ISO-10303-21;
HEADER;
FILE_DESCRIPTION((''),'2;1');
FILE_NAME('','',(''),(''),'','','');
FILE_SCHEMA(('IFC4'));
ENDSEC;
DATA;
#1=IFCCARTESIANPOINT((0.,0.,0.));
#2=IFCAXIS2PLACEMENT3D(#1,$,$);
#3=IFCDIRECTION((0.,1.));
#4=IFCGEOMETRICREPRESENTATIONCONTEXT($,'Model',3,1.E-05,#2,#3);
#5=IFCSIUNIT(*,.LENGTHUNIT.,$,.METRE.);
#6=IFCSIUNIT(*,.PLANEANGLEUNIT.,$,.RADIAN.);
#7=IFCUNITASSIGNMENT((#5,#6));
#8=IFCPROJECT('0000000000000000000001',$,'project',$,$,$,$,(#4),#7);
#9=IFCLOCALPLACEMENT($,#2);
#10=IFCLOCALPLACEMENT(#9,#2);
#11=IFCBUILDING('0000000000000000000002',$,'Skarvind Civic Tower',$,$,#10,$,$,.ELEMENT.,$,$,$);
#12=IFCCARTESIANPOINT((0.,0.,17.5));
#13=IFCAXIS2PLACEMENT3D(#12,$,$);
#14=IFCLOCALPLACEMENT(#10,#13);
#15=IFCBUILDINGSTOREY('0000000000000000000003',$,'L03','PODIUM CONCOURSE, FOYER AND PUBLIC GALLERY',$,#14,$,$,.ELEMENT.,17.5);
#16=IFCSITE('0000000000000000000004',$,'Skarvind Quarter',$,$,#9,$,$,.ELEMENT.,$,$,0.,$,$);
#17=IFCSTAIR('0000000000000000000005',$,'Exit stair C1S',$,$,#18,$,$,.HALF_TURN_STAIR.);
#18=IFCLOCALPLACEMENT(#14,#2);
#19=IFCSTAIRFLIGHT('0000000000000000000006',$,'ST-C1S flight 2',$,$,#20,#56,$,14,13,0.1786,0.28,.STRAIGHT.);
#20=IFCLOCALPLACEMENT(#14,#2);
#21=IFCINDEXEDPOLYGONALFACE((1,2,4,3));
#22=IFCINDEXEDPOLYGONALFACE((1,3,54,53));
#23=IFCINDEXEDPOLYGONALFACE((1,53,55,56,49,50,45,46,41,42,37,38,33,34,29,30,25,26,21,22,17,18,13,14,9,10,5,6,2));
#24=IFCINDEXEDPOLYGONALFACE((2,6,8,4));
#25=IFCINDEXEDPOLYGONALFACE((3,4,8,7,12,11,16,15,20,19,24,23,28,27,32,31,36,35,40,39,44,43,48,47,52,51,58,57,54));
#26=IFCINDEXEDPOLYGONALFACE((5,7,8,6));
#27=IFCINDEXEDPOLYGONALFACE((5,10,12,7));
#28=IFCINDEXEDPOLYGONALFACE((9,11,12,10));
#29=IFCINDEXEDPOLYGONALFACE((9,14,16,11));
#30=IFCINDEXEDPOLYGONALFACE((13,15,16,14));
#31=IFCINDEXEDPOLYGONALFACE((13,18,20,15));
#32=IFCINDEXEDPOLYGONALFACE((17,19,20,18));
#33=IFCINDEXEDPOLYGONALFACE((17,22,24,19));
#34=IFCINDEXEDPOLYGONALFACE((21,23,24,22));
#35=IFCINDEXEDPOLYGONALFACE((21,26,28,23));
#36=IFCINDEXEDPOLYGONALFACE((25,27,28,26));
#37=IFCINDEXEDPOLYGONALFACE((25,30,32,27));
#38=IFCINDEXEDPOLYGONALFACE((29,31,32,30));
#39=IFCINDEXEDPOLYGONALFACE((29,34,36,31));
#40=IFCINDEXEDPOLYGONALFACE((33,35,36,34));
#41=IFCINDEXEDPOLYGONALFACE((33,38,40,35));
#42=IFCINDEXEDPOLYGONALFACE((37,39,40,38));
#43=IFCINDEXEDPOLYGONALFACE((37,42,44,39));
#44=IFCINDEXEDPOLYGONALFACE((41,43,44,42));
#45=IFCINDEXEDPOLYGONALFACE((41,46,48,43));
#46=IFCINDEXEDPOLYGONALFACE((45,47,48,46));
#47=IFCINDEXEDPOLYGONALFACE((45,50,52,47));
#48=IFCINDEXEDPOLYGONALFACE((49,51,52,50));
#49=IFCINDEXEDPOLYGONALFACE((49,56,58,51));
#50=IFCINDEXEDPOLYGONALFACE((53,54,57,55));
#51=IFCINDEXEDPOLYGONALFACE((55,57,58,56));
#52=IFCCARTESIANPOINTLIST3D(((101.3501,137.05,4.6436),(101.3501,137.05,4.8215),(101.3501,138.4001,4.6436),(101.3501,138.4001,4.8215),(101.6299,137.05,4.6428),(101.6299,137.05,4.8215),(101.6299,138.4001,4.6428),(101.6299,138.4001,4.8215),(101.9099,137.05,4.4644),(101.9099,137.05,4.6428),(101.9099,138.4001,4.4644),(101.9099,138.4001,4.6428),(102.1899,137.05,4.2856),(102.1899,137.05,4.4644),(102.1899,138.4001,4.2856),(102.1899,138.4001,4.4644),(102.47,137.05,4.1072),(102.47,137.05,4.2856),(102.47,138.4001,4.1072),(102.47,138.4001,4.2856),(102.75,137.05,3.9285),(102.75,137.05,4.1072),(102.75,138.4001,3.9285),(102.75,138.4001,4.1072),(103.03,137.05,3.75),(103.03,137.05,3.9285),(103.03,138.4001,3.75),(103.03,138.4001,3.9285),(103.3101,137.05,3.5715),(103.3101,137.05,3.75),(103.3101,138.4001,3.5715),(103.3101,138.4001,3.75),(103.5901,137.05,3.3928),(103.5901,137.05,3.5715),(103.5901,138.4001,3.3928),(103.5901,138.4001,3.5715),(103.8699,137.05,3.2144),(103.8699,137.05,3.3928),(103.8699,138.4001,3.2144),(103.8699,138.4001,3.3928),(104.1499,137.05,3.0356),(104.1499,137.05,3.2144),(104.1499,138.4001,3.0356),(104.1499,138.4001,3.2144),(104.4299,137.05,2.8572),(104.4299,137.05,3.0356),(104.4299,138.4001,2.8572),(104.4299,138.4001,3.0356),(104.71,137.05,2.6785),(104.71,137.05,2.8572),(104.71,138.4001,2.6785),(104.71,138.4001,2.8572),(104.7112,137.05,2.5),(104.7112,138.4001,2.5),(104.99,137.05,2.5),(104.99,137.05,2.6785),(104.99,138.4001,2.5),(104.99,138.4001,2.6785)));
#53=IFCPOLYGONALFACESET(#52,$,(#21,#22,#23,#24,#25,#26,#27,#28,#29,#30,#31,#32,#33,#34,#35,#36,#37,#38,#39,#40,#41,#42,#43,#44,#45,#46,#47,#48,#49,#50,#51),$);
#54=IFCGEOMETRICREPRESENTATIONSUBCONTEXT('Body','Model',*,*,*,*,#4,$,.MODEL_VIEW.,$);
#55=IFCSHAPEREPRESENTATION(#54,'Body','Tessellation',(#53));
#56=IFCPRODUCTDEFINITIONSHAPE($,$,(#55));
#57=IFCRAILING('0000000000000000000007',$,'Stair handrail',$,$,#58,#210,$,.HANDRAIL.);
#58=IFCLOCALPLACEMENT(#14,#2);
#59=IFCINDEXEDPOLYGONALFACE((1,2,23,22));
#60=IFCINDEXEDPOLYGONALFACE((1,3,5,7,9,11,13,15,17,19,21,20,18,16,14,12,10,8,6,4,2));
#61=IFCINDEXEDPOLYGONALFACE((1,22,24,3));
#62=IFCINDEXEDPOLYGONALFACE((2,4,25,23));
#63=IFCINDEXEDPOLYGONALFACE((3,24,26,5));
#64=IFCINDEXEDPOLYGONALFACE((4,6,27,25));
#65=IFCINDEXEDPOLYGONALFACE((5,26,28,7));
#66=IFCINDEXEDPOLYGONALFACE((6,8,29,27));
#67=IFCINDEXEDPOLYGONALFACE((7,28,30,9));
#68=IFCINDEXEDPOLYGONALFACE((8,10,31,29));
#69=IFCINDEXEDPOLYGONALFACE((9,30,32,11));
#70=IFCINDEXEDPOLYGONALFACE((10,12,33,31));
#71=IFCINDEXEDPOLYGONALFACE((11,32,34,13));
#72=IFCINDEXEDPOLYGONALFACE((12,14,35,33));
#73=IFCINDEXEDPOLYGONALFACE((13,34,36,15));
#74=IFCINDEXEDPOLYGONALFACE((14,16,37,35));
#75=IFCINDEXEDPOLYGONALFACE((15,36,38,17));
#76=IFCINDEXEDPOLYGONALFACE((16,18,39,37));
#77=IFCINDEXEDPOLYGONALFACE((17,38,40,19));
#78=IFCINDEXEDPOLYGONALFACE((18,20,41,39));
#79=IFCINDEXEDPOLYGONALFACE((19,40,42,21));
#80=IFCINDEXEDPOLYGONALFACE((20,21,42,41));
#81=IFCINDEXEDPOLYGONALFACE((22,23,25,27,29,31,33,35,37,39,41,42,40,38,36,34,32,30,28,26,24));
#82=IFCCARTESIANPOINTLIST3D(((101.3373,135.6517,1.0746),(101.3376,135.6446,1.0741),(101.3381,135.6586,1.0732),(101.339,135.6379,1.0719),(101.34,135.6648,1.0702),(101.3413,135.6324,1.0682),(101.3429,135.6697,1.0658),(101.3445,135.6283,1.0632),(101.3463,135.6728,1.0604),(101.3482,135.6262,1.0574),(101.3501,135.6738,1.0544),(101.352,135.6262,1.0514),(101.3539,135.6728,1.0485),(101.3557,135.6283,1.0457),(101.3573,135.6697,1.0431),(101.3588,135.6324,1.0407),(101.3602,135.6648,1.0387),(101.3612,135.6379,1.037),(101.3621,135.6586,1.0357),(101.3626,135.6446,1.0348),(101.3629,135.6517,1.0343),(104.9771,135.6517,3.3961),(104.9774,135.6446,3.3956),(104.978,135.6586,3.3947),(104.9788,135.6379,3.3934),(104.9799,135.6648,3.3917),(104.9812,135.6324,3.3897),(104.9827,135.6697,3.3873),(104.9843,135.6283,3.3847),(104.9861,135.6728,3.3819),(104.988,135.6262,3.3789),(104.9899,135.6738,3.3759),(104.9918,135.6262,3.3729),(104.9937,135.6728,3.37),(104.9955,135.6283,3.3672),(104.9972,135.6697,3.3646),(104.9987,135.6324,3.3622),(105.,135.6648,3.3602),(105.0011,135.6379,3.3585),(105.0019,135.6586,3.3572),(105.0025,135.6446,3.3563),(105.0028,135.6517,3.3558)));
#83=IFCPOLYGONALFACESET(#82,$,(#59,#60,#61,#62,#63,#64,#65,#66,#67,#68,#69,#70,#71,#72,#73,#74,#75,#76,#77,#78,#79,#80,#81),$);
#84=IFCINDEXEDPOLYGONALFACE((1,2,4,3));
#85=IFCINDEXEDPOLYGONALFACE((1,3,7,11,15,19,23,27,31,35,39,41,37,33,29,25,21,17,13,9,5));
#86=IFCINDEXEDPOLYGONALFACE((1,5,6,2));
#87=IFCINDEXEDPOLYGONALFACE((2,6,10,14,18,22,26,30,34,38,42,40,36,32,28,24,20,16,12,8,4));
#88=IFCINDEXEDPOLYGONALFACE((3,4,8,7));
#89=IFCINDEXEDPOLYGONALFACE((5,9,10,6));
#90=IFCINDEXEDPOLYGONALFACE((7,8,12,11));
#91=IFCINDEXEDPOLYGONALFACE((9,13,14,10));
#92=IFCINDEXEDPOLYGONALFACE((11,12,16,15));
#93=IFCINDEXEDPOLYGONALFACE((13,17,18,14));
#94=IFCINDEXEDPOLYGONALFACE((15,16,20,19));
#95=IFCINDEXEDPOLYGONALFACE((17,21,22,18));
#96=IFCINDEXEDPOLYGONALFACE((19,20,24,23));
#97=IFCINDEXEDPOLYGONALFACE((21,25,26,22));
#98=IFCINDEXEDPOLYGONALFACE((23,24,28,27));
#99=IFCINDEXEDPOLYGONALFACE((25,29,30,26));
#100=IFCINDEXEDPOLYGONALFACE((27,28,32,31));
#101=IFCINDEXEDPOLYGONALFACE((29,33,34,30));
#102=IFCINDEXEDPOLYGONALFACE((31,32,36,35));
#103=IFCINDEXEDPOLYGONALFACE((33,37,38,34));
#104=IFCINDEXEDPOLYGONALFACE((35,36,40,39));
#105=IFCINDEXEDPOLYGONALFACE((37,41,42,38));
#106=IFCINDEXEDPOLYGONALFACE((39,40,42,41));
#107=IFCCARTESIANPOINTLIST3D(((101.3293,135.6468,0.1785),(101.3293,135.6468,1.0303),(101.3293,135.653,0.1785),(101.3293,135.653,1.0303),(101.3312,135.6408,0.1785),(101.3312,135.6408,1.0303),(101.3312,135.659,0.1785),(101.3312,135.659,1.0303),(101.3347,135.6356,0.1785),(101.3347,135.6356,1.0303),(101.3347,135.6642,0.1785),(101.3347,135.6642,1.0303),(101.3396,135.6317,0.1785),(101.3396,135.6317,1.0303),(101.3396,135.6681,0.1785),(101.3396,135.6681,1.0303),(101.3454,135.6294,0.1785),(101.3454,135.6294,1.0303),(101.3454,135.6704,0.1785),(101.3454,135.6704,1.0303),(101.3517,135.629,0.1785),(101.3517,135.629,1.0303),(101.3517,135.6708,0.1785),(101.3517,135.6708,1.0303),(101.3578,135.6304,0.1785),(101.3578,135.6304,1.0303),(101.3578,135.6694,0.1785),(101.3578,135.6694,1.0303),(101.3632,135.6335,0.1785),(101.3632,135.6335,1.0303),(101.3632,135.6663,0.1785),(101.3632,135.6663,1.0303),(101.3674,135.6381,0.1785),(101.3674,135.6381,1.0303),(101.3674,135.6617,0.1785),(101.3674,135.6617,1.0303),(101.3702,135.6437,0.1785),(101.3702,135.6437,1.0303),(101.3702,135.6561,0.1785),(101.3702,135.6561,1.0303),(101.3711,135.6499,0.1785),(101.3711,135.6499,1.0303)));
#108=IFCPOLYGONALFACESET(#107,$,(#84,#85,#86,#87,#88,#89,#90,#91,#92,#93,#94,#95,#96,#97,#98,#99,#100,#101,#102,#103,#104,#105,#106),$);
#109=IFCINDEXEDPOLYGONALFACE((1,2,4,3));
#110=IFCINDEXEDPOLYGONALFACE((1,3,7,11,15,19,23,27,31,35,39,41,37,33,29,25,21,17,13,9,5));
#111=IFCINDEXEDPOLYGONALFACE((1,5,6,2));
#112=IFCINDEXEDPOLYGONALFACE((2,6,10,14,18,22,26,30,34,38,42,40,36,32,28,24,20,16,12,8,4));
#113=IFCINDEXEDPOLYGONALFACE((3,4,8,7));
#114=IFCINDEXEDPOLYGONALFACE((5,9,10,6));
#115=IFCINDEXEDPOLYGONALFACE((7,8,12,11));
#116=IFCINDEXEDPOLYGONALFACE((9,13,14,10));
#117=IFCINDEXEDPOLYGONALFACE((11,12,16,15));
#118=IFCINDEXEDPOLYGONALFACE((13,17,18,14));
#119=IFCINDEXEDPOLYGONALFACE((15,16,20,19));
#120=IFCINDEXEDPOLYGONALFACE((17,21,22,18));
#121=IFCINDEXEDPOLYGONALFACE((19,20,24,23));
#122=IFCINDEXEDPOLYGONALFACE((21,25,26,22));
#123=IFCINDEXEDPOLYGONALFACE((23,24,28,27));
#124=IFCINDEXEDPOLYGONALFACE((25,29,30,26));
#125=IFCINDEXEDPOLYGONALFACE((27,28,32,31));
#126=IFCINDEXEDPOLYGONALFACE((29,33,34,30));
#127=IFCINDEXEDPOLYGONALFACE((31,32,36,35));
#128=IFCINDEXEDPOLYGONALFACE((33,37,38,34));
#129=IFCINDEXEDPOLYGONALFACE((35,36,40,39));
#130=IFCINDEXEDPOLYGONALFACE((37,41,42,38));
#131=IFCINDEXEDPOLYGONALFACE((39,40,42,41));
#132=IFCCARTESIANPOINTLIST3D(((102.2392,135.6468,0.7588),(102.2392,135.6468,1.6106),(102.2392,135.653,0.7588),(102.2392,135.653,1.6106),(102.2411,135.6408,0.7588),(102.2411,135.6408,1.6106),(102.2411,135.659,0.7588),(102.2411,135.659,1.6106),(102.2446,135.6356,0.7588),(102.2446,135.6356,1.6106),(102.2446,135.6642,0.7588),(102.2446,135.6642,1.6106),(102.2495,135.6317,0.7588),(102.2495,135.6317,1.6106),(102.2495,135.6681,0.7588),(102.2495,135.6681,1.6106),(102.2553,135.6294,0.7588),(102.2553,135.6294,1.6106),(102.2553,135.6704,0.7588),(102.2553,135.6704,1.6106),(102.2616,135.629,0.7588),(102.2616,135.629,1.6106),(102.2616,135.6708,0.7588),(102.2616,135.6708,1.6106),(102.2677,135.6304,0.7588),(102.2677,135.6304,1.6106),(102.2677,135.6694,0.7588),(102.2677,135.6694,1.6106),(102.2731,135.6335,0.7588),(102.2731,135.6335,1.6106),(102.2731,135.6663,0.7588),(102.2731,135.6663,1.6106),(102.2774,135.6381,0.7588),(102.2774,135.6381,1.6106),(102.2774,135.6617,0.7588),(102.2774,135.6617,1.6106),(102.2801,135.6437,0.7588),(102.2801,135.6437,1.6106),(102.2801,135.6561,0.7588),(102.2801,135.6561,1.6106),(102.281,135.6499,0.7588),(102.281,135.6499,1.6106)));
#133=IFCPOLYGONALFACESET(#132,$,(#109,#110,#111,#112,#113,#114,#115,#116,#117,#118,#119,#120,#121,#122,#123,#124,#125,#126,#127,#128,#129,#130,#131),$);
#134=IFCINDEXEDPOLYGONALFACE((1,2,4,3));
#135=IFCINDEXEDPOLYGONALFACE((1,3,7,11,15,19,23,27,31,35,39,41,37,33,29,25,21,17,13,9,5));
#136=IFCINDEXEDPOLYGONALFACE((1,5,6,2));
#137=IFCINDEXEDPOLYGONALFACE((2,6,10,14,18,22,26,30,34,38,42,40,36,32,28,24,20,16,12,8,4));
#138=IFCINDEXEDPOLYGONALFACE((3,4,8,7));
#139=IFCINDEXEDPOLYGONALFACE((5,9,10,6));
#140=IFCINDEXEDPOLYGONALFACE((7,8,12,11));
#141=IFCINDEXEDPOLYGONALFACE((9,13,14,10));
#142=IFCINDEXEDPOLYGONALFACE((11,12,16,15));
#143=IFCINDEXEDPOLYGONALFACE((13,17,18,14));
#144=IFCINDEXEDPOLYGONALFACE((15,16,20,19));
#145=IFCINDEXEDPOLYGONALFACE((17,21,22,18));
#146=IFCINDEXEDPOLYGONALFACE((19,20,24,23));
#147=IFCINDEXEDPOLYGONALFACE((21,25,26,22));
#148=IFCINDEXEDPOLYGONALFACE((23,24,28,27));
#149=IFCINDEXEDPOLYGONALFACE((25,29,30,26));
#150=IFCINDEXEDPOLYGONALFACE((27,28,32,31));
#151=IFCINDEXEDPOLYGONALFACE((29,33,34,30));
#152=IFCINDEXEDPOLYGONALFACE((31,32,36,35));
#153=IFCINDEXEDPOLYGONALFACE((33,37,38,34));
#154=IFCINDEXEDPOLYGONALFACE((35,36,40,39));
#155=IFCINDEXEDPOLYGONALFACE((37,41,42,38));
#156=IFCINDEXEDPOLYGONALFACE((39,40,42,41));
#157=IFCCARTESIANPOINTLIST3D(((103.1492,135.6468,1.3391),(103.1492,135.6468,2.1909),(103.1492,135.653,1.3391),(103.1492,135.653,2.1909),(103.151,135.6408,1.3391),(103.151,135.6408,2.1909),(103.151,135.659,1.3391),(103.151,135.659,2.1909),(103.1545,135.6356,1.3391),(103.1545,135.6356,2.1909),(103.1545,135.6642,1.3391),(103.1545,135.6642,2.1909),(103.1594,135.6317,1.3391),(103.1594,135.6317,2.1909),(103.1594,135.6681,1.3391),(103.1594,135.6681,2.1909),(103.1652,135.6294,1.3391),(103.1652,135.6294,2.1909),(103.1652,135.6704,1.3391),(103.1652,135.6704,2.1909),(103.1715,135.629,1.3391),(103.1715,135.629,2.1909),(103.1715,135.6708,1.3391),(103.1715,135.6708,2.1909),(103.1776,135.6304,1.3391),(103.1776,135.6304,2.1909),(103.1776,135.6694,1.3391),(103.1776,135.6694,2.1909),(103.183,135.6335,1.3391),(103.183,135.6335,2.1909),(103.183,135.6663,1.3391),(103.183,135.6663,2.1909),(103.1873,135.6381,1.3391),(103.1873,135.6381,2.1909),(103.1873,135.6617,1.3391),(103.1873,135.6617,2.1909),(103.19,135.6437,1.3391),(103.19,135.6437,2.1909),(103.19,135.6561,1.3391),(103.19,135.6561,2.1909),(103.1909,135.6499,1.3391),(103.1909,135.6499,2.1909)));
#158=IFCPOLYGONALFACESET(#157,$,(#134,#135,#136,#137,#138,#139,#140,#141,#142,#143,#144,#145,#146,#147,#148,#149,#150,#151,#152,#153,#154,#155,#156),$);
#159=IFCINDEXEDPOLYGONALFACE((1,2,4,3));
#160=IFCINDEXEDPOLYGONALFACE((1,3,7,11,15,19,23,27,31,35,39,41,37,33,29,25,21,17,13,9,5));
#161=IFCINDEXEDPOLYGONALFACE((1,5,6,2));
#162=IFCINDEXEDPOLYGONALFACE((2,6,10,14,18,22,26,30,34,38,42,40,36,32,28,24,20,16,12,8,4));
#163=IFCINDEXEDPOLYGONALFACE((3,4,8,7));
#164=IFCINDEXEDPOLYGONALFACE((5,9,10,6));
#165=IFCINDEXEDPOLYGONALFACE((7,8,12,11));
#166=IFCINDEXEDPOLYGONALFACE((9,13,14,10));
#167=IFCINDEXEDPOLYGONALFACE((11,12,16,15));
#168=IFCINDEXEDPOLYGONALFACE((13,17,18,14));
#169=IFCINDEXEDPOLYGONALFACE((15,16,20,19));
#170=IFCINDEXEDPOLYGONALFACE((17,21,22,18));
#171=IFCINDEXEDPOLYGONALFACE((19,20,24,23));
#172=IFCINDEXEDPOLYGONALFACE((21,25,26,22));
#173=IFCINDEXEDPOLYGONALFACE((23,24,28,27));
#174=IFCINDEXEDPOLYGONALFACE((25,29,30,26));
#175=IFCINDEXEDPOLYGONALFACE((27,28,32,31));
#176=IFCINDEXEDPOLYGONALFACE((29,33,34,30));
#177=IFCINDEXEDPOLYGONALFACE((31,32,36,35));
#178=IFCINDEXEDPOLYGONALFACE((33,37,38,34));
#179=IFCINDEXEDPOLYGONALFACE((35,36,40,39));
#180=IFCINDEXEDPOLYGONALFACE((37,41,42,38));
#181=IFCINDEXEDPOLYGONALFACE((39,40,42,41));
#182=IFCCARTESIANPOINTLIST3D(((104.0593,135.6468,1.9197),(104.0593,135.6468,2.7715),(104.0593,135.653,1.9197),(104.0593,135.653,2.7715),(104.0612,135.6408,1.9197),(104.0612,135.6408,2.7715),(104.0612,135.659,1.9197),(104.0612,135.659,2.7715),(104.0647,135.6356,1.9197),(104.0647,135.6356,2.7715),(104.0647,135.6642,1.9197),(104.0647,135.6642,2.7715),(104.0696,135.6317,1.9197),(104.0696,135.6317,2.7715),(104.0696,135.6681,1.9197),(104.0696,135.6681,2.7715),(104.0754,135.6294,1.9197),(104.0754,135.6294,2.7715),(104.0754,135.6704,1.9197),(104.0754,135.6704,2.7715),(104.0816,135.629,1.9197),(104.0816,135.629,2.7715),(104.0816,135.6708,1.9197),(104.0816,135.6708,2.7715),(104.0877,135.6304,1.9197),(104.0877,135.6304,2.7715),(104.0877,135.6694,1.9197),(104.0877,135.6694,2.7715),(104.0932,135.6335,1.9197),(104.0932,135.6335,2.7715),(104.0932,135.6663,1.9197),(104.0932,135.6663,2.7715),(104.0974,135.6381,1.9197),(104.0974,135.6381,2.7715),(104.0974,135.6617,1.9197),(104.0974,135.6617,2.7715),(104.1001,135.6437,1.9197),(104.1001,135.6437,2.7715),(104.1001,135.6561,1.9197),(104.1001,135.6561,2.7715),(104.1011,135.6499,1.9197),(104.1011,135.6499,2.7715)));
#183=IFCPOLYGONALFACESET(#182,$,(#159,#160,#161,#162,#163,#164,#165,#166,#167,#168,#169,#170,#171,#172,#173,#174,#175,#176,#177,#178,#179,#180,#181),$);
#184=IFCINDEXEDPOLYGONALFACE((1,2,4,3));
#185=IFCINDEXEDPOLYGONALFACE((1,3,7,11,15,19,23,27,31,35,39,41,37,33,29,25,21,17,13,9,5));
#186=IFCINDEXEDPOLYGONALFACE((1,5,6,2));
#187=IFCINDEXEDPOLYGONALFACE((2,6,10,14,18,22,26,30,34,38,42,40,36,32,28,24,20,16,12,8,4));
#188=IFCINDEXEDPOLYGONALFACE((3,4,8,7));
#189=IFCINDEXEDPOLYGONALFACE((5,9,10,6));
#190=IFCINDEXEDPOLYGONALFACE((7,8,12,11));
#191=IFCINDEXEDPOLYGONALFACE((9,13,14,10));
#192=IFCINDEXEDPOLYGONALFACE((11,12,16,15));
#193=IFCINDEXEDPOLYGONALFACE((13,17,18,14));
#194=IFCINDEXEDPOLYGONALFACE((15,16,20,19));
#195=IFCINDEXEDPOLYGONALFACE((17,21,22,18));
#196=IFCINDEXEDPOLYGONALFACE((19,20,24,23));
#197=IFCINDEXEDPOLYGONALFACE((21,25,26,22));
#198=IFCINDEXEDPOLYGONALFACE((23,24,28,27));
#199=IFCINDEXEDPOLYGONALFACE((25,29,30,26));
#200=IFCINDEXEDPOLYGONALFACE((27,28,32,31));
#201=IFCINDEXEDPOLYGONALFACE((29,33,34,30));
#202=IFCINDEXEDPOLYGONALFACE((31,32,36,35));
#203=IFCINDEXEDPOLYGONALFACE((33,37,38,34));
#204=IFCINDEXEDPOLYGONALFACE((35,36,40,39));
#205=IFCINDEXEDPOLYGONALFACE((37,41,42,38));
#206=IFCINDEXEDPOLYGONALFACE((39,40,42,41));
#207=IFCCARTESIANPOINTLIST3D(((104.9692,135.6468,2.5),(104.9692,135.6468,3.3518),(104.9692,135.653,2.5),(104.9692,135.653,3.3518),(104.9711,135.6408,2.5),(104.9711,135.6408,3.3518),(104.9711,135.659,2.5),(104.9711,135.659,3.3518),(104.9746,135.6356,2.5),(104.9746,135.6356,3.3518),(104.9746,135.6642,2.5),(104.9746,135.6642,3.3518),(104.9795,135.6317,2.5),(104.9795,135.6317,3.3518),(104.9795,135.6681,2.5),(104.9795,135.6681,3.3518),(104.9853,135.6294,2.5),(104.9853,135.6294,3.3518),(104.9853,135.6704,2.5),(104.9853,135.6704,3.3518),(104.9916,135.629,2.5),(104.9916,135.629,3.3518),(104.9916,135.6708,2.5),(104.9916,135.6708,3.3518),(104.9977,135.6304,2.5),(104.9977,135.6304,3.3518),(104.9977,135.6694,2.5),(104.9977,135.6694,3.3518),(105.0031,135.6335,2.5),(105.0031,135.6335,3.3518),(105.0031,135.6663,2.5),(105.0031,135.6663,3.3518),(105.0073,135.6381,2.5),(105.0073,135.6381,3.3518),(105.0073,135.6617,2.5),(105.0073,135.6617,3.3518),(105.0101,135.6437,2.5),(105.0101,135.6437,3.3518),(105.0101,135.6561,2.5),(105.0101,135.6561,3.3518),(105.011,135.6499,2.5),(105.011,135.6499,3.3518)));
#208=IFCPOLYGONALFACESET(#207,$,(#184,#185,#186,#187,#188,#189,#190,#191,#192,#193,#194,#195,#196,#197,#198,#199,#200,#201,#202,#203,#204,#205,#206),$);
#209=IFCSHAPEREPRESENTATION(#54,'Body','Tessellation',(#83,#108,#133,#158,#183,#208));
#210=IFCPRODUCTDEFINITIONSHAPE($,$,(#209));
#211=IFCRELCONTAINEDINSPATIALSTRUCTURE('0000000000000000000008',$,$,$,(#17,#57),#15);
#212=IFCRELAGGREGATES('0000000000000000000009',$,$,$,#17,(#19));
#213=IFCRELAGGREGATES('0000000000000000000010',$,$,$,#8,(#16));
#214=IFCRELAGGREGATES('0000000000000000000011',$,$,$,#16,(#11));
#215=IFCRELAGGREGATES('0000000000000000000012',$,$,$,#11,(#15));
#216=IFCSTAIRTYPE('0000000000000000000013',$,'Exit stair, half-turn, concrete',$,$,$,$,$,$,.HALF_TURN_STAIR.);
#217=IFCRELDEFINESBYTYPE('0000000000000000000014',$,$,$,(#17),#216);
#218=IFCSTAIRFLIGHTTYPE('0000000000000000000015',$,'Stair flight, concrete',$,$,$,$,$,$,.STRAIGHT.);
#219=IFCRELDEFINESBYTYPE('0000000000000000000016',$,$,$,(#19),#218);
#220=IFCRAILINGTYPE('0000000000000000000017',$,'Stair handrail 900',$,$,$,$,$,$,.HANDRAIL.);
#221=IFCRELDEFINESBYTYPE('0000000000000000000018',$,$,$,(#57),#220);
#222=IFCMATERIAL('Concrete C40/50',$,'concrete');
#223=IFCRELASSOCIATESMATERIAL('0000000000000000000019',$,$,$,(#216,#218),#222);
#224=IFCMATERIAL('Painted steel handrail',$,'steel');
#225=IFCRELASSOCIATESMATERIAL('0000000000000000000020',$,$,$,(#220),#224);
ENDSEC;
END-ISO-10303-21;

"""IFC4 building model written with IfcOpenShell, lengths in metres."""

from ifc_helpers import new_model, si_unit, direction, frame, origin, origin_2d, place, context, subcontext, project, spatial, polyline, circle, outline, extrude, material, type_object, element, aggregate, save


model = new_model("IFC4")

# Units and contexts
model_context = context("Model", 3, precision=1e-05, world=origin(), true_north=direction((0.0, 1.0)))
body_context = subcontext(model_context, "Body", "Model", "MODEL_VIEW")
ifc_project = project(units=[si_unit("LENGTHUNIT", "METRE"), si_unit("PLANEANGLEUNIT", "RADIAN")], contexts=[model_context])

# Site, building, storey
site_placement = place(None, origin())
site = spatial("IfcSite", under=ifc_project, at=site_placement, Name="Skarvind Quarter", CompositionType="ELEMENT", RefElevation=0.0)
building_placement = place(site_placement, origin())
building = spatial("IfcBuilding", under=site, at=building_placement, Name="Skarvind Civic Tower", CompositionType="ELEMENT")
storey_placement = place(building_placement, frame((0.0, 0.0, 17.5)))
storey = spatial("IfcBuildingStorey", under=building, at=storey_placement, Name="L03", Description="PODIUM CONCOURSE, FOYER AND PUBLIC GALLERY", CompositionType="ELEMENT", Elevation=17.5)

# Stair, stair flight
ifc_material_1 = material(Name="Concrete C40/50", Category="concrete")
stair_type = type_object("IfcStairType", Name="Exit stair, half-turn, concrete", PredefinedType="HALF_TURN_STAIR", material=ifc_material_1)
stair_placement = place(storey_placement, origin())
stair = element("IfcStair", 1, at=stair_placement, inside=storey, type_object=stair_type, Name="Exit stair C1S", PredefinedType="HALF_TURN_STAIR")
stair_flight_type = type_object("IfcStairFlightType", Name="Stair flight, concrete", PredefinedType="STRAIGHT", material=ifc_material_1)
stair_flight_1_placement = place(storey_placement, frame((104.99, 137.7251, 2.5), z_axis=(0.0, 0.0, 1.0), x_axis=(-1.0, 0.0, 0.0)))
stair_flight_1 = element("IfcStairFlight", 2, at=stair_flight_1_placement, type_object=stair_flight_type, Name="ST-C1S flight 2", NumberOfRisers=14, NumberOfTreads=13, PredefinedType="STRAIGHT", RiserHeight=0.1786, TreadLength=0.28, context=body_context, shape_type="SweptSolid", body=[
    extrude(outline(polyline([(0.0, 0.0), (0.0, 0.1785), (0.28, 0.1785), (0.28, 0.3572), (0.5601, 0.3572), (0.5601, 0.5356), (0.8401, 0.5356), (0.8401, 0.7144), (1.1201, 0.7144), (1.1201, 0.8928), (1.3999, 0.8928), (1.3999, 1.0715), (1.6799, 1.0715), (1.6799, 1.25), (1.96, 1.25), (1.96, 1.4285), (2.24, 1.4285), (2.24, 1.6072), (2.52, 1.6072), (2.52, 1.7856), (2.8, 1.7856), (2.8, 1.9644), (3.0801, 1.9644), (3.0801, 2.1428), (3.3601, 2.1428), (3.3601, 2.3215), (3.6399, 2.3215), (3.6399, 2.5), (3.6399, 2.1436), (0.2788, 0.0), (0.0, 0.0)])), frame((0.0, 0.675, 0.0), z_axis=(0.0, -1.0, 0.0), x_axis=(1.0, 0.0, 0.0)), (0.0, 0.0, 1.0), 1.3501),
])
aggregate(stair, [stair_flight_1])

# Railing
ifc_material_2 = material(Name="Painted steel handrail", Category="steel")
railing_type = type_object("IfcRailingType", Name="Stair handrail 900", PredefinedType="HANDRAIL", material=ifc_material_2)
railing_1_placement = place(storey_placement, frame((101.3501, 135.6499, 0.1785)))
element("IfcRailing", 3, at=railing_1_placement, inside=storey, type_object=railing_type, Name="Stair handrail", PredefinedType="HANDRAIL", context=body_context, shape_type="SweptSolid", body=[
    extrude(circle(Radius=0.0239, at=origin_2d()), frame((0.0, 0.0, 0.876), z_axis=(0.843112, 0.0, 0.537739), x_axis=(0.0, 1.0, 0.0)), (0.0, 0.0, 1.0), 4.3171),
    extrude(circle(Radius=0.021, at=origin_2d()), origin(), (0.0, 0.0, 1.0), 0.8518),
    extrude(circle(Radius=0.021, at=origin_2d()), frame((0.9099, 0.0, 0.5803)), (0.0, 0.0, 1.0), 0.8518),
    extrude(circle(Radius=0.021, at=origin_2d()), frame((1.8198, 0.0, 1.1606)), (0.0, 0.0, 1.0), 0.8518),
    extrude(circle(Radius=0.021, at=origin_2d()), frame((2.73, 0.0, 1.7412)), (0.0, 0.0, 1.0), 0.8518),
    extrude(circle(Radius=0.021, at=origin_2d()), frame((3.6399, 0.0, 2.3215)), (0.0, 0.0, 1.0), 0.8518),
])

save(model, "model.ifc")
